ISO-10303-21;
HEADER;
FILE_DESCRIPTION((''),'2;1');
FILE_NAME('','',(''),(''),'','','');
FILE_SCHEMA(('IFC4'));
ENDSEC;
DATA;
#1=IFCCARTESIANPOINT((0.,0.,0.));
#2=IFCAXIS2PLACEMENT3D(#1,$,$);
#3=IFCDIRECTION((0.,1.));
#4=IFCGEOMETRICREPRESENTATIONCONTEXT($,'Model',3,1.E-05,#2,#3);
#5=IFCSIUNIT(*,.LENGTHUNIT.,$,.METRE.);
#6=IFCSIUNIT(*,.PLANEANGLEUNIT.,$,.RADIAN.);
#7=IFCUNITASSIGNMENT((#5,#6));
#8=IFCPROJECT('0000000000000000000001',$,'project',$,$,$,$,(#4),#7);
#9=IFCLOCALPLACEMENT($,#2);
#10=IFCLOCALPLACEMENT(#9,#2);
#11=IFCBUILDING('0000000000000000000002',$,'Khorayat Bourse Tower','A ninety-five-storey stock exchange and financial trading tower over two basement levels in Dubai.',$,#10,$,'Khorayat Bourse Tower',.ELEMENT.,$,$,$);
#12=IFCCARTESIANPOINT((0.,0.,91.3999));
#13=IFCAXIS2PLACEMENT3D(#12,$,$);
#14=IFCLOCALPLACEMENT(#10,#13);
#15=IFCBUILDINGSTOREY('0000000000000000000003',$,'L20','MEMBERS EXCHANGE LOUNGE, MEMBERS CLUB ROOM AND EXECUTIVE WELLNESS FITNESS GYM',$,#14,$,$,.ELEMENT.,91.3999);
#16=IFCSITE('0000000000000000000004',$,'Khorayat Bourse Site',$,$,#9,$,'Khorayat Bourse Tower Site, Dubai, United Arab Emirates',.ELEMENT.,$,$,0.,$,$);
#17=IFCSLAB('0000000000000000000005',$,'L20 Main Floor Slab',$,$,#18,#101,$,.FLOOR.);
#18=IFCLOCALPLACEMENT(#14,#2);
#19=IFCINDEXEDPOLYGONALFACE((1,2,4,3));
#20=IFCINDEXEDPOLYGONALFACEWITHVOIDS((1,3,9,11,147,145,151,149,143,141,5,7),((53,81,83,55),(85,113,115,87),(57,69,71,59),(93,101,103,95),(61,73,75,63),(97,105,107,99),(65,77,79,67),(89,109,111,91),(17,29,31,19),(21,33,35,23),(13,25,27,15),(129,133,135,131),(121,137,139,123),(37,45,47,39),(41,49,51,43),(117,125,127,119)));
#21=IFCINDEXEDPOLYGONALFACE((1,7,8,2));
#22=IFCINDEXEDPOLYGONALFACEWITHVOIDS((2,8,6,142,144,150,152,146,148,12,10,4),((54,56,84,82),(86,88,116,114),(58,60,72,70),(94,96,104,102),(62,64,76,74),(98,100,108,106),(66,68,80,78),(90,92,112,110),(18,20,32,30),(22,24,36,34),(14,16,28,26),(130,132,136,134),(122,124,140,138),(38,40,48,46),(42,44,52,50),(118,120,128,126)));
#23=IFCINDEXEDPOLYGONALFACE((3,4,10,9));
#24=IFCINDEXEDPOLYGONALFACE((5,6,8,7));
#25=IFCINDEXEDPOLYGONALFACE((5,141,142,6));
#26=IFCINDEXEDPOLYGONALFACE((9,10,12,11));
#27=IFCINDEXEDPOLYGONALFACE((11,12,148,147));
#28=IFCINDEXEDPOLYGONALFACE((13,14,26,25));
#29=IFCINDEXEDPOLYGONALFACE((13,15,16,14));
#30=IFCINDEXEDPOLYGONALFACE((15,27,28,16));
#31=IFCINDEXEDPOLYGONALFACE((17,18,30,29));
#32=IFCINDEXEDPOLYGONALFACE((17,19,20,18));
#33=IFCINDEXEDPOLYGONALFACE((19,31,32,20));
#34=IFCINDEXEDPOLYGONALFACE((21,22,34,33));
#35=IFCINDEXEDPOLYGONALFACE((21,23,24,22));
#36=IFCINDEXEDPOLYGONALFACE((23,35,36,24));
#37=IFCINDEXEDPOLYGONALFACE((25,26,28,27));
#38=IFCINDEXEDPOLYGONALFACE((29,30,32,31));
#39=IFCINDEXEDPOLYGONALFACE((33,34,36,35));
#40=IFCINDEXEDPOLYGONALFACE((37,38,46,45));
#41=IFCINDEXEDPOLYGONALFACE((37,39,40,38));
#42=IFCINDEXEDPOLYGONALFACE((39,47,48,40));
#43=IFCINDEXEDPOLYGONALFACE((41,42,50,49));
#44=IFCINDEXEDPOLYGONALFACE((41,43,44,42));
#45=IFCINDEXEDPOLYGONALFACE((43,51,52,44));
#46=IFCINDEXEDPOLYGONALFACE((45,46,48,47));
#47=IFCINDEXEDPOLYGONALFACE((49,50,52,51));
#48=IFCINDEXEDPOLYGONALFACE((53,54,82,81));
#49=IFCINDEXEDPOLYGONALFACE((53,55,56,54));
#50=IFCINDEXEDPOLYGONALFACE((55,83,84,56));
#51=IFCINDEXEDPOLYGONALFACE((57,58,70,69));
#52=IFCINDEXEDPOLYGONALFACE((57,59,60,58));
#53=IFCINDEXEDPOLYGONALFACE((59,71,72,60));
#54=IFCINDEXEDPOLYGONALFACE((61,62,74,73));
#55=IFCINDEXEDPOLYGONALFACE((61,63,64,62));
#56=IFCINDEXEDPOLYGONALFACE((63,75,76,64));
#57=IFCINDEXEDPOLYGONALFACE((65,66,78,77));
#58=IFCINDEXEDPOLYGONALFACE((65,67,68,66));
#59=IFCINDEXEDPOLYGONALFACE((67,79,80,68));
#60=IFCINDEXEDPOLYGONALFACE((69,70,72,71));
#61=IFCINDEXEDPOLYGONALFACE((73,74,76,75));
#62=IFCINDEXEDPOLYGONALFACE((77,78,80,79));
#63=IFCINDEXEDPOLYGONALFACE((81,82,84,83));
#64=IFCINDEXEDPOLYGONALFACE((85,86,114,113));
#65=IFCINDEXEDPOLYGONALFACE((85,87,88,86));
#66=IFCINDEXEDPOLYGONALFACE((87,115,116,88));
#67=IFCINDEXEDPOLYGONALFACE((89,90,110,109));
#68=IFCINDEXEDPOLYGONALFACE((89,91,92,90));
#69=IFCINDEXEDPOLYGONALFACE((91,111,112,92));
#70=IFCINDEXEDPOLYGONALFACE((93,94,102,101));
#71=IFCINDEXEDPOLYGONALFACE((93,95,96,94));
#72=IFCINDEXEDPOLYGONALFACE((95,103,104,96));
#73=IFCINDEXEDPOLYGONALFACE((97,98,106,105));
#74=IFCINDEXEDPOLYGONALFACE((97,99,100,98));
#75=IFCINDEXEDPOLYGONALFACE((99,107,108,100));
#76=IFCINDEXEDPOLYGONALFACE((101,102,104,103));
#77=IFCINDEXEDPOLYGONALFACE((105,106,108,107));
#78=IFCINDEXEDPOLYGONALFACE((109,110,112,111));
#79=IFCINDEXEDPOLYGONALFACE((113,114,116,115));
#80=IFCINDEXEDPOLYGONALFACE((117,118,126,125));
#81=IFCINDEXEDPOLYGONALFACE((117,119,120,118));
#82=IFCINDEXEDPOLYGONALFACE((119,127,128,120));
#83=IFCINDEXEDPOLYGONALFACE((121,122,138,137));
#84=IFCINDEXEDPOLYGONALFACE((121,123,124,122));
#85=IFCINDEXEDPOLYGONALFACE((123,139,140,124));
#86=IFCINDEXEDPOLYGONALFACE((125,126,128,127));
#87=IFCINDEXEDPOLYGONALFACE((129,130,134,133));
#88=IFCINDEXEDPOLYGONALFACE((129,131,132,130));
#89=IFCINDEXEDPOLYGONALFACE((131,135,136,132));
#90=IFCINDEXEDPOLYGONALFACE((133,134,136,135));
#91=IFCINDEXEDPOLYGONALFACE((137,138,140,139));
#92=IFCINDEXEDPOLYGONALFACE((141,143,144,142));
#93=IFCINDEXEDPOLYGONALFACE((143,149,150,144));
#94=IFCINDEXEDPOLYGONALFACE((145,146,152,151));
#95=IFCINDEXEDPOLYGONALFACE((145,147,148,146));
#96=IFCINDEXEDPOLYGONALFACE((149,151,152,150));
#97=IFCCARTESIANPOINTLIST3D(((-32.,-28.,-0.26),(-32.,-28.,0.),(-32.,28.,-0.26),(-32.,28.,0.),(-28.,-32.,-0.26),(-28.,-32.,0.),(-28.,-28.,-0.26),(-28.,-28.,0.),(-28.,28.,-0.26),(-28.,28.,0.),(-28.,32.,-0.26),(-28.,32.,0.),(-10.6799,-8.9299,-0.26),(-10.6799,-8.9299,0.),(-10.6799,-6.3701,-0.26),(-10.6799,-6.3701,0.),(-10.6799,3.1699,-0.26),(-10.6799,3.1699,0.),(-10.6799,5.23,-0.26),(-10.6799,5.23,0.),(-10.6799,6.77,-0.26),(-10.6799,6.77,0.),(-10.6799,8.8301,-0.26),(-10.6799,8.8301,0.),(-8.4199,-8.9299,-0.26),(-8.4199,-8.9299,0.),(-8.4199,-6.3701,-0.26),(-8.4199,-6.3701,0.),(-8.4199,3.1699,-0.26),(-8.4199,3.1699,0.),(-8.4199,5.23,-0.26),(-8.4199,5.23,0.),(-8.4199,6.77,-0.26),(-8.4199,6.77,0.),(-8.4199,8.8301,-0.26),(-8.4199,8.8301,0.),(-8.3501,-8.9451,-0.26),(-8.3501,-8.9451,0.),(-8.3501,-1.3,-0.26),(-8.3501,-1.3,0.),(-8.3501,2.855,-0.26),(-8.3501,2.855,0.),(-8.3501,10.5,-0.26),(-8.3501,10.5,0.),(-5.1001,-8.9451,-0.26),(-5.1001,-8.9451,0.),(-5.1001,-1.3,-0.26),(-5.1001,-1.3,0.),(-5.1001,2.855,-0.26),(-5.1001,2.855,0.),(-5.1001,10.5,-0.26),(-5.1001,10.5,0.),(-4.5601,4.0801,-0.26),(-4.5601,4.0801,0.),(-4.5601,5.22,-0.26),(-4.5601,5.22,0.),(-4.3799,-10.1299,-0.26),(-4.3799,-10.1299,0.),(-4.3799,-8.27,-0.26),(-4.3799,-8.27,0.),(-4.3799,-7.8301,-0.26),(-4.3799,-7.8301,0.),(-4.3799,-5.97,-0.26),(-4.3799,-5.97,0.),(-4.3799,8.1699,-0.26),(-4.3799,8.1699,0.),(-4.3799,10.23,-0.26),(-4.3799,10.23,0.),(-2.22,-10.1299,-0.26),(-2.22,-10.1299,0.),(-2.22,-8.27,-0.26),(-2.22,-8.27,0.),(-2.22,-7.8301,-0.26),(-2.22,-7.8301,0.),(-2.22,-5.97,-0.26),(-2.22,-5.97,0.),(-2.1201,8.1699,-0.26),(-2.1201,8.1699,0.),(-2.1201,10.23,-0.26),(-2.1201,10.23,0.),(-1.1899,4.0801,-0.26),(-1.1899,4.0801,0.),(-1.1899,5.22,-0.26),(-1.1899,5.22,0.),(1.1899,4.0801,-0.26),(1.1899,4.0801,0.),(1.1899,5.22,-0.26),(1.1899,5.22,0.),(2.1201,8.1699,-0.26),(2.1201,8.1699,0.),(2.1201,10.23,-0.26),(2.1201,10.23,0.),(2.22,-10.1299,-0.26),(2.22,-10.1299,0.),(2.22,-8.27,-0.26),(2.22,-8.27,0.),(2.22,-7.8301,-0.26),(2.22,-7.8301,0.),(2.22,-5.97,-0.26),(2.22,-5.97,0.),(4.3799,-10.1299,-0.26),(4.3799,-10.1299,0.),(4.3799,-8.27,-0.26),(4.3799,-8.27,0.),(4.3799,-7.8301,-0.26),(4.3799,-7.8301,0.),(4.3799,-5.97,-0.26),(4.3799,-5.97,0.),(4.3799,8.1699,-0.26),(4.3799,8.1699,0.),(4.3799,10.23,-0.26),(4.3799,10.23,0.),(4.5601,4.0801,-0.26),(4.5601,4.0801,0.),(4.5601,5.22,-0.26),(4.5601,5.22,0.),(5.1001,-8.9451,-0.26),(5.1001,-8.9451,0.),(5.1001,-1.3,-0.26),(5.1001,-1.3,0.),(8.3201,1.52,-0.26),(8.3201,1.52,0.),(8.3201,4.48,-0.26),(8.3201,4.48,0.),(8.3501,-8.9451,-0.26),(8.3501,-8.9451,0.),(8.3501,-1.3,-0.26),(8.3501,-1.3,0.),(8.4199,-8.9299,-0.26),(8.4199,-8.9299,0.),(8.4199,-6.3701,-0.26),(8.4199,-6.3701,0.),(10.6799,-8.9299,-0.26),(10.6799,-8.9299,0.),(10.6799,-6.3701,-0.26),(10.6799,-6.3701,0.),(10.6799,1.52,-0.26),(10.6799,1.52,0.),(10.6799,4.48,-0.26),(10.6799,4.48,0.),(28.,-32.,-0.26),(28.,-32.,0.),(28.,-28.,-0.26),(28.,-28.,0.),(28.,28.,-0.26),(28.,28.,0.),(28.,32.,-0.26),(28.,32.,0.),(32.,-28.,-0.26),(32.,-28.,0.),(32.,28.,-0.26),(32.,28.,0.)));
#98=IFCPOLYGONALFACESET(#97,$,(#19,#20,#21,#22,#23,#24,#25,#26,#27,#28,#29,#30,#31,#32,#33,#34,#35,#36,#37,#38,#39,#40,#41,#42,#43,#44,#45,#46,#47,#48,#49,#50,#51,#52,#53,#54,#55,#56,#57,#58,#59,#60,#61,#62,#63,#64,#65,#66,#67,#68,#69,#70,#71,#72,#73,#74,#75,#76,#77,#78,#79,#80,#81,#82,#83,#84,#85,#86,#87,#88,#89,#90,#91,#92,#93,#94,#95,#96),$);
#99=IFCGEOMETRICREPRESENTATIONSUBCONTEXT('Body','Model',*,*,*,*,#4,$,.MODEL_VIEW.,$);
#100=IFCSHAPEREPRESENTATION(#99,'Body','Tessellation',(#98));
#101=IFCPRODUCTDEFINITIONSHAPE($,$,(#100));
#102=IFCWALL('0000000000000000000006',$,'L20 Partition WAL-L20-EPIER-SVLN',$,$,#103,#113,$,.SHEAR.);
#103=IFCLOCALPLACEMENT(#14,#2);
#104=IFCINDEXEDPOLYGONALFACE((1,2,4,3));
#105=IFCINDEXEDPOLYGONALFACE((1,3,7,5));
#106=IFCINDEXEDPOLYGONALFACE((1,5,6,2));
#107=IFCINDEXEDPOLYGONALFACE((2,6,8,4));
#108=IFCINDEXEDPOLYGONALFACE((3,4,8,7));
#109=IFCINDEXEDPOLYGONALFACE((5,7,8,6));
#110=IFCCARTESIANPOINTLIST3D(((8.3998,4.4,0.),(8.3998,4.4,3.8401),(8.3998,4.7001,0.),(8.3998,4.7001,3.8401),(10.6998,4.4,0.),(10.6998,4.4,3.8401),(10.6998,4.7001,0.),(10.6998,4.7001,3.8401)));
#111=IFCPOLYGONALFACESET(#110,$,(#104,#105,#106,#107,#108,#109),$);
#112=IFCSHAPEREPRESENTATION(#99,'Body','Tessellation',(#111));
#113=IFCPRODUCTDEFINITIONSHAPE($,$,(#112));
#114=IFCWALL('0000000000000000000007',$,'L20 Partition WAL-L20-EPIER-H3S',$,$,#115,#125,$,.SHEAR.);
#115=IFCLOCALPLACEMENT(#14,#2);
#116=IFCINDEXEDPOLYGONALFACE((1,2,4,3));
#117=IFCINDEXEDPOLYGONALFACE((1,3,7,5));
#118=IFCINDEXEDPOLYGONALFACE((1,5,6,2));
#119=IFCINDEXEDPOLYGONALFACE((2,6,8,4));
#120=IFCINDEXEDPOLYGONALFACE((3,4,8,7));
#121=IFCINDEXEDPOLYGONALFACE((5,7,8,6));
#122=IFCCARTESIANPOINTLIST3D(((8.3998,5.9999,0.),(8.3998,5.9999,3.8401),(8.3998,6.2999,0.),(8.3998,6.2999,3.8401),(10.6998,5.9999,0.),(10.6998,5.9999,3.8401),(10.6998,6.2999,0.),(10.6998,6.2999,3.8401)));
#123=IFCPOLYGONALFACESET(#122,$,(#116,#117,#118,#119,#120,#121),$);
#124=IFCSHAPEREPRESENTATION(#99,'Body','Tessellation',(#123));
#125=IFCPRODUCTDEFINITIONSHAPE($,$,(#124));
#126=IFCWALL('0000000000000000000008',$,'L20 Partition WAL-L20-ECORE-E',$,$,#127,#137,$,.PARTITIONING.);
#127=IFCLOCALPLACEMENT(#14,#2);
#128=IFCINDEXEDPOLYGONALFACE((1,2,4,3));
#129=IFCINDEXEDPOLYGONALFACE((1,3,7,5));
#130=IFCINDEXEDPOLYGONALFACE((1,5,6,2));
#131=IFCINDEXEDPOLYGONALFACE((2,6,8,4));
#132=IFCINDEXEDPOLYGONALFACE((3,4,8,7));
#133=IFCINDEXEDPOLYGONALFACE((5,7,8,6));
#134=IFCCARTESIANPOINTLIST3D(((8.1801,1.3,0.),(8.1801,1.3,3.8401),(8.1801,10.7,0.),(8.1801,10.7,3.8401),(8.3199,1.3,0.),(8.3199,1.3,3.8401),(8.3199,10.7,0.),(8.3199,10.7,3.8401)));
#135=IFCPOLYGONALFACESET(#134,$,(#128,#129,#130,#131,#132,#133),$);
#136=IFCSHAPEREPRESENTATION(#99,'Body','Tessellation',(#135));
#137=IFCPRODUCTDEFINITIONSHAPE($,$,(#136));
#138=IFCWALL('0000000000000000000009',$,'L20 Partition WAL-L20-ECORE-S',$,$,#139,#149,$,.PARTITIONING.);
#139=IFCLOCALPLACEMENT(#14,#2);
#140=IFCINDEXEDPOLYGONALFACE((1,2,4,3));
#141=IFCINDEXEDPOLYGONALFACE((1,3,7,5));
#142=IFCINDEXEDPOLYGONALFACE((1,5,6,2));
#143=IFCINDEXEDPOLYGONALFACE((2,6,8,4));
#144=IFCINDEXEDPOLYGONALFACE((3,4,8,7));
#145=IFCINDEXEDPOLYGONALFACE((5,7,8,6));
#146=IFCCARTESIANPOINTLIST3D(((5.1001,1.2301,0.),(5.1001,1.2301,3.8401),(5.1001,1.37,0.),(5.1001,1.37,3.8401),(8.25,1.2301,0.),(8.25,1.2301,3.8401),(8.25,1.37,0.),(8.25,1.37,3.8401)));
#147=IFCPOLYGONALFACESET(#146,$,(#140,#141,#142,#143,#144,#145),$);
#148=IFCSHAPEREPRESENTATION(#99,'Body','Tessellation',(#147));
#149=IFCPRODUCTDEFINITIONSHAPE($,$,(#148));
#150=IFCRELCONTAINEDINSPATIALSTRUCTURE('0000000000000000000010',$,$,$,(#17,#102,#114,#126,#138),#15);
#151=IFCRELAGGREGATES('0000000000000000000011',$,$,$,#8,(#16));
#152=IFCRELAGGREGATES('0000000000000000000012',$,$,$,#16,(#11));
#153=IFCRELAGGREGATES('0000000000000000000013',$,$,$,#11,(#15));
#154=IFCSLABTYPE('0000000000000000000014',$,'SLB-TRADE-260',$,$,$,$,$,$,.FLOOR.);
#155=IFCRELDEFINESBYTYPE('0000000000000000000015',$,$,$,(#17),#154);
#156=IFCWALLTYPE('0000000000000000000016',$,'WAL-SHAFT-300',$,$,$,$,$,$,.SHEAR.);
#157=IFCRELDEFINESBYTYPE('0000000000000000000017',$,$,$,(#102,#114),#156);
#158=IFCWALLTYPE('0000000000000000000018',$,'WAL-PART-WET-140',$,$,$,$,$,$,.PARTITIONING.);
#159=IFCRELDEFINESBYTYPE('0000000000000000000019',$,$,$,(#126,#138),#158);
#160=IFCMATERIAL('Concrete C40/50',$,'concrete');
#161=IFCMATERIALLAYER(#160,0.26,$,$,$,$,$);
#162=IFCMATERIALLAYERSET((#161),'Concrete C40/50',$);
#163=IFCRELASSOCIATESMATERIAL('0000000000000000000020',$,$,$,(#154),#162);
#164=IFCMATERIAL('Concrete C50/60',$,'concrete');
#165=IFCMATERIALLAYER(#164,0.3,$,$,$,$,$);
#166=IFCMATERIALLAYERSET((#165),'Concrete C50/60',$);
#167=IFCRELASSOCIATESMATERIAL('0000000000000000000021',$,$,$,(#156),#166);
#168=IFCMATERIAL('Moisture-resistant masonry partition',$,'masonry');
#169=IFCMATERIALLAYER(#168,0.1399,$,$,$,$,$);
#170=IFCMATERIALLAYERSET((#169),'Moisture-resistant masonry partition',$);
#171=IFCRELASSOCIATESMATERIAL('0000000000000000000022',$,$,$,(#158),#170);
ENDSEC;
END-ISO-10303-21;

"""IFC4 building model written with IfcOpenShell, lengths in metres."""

from ifc_helpers import new_model, si_unit, direction, frame, frame_2d, origin, place, context, subcontext, project, spatial, polyline, rectangle, outline, extrude, source, transform, mapped, material, layer, layer_set, type_object, element, save


model = new_model("IFC4")

# Units and contexts
model_context = context("Model", 3, precision=1e-05, world=origin(), true_north=direction((0.0, 1.0)))
body_context = subcontext(model_context, "Body", "Model", "MODEL_VIEW")
ifc_project = project(units=[si_unit("LENGTHUNIT", "METRE"), si_unit("PLANEANGLEUNIT", "RADIAN")], contexts=[model_context])

# Site, building, storey
site_placement = place(None, origin())
site = spatial("IfcSite", under=ifc_project, at=site_placement, Name="Khorayat Bourse Site", LongName="Khorayat Bourse Tower Site, Dubai, United Arab Emirates", CompositionType="ELEMENT", RefElevation=0.0)
building_placement = place(site_placement, origin())
building = spatial("IfcBuilding", under=site, at=building_placement, Name="Khorayat Bourse Tower", Description="A ninety-five-storey stock exchange and financial trading tower over two basement levels in Dubai.", LongName="Khorayat Bourse Tower", CompositionType="ELEMENT")
storey_placement = place(building_placement, frame((0.0, 0.0, 91.3999)))
storey = spatial("IfcBuildingStorey", under=building, at=storey_placement, Name="L20", Description="MEMBERS EXCHANGE LOUNGE, MEMBERS CLUB ROOM AND EXECUTIVE WELLNESS FITNESS GYM", CompositionType="ELEMENT", Elevation=91.3999)

# Shared definitions
ifc_material_1 = material(Name="Concrete C40/50", Category="concrete")

# Slab
ifc_layer_1 = layer(ifc_material_1, 0.26)
ifc_layer_set_1 = layer_set([ifc_layer_1], Name="Concrete C40/50")
slab_type_1 = type_object("IfcSlabType", Name="SLB-TRADE-260", PredefinedType="FLOOR", material=ifc_layer_set_1)
slab_1_placement = place(storey_placement, frame((0.0, 0.0, -0.26)))
element("IfcSlab", 1, at=slab_1_placement, inside=storey, type_object=slab_type_1, Name="L20 Main Floor Slab", PredefinedType="FLOOR", context=body_context, shape_type="SweptSolid", body=[
    extrude(outline(polyline([(-28.0, -32.0), (28.0, -32.0), (28.0, -28.0), (32.0, -28.0), (32.0, 28.0), (28.0, 28.0), (28.0, 32.0), (-28.0, 32.0), (-28.0, 28.0), (-32.0, 28.0), (-32.0, -28.0), (-28.0, -28.0), (-28.0, -32.0)]), holes=[polyline([(-8.3501, -8.9451), (-5.1001, -8.9451), (-5.1001, -1.3), (-8.3501, -1.3), (-8.3501, -8.9451)]), polyline([(-8.3501, 2.855), (-5.1001, 2.855), (-5.1001, 10.5), (-8.3501, 10.5), (-8.3501, 2.855)]), polyline([(5.1001, -8.9451), (8.3501, -8.9451), (8.3501, -1.3), (5.1001, -1.3), (5.1001, -8.9451)]), polyline([(-4.3799, -10.1299), (-2.22, -10.1299), (-2.22, -8.27), (-4.3799, -8.27), (-4.3799, -10.1299)]), polyline([(2.22, -10.1299), (4.3799, -10.1299), (4.3799, -8.27), (2.22, -8.27), (2.22, -10.1299)]), polyline([(-4.3799, -7.8301), (-2.22, -7.8301), (-2.22, -5.97), (-4.3799, -5.97), (-4.3799, -7.8301)]), polyline([(2.22, -7.8301), (4.3799, -7.8301), (4.3799, -5.97), (2.22, -5.97), (2.22, -7.8301)]), polyline([(-4.3799, 8.1699), (-2.1201, 8.1699), (-2.1201, 10.23), (-4.3799, 10.23), (-4.3799, 8.1699)]), polyline([(2.1201, 8.1699), (4.3799, 8.1699), (4.3799, 10.23), (2.1201, 10.23), (2.1201, 8.1699)]), polyline([(-10.6799, 3.1699), (-8.4199, 3.1699), (-8.4199, 5.23), (-10.6799, 5.23), (-10.6799, 3.1699)]), polyline([(-10.6799, 6.77), (-8.4199, 6.77), (-8.4199, 8.8301), (-10.6799, 8.8301), (-10.6799, 6.77)]), polyline([(-10.6799, -8.9299), (-8.4199, -8.9299), (-8.4199, -6.3701), (-10.6799, -6.3701), (-10.6799, -8.9299)]), polyline([(8.4199, -8.9299), (10.6799, -8.9299), (10.6799, -6.3701), (8.4199, -6.3701), (8.4199, -8.9299)]), polyline([(8.3201, 1.52), (10.6799, 1.52), (10.6799, 4.48), (8.3201, 4.48), (8.3201, 1.52)]), polyline([(-4.5601, 4.0801), (-1.1899, 4.0801), (-1.1899, 5.22), (-4.5601, 5.22), (-4.5601, 4.0801)]), polyline([(1.1899, 4.0801), (4.5601, 4.0801), (4.5601, 5.22), (1.1899, 5.22), (1.1899, 4.0801)])]), origin(), (0.0, 0.0, 1.0), 0.26),
])

# Walls
ifc_material_2 = material(Name="Concrete C50/60", Category="concrete")
ifc_layer_2 = layer(ifc_material_2, 0.3)
ifc_layer_set_2 = layer_set([ifc_layer_2], Name="Concrete C50/60")
wall_type_1 = type_object("IfcWallType", Name="WAL-SHAFT-300", PredefinedType="SHEAR", material=ifc_layer_set_2)
shared_shape_1 = source(origin(), body_context, "Body", "SweptSolid", [
    extrude(rectangle(XDim=2.3, YDim=0.3, at=frame_2d((1.1499, 0.0))), origin(), (0.0, 0.0, 1.0), 3.8401),
])
for number, where, z_axis, x_axis, name in (
    (2, (8.3999, 4.55, 0.0), (0.0, 0.0, 1.0), (1.0, 0.0, 0.0), "L20 Partition WAL-L20-EPIER-SVLN"),
    (3, (8.3999, 6.1499, 0.0), (0.0, 0.0, 1.0), (1.0, 0.0, 0.0), "L20 Partition WAL-L20-EPIER-H3S"),
):
    element("IfcWall", number, at=place(storey_placement, frame(where, z_axis=z_axis, x_axis=x_axis)), inside=storey, type_object=wall_type_1, Name=name, PredefinedType="SHEAR", context=body_context, shape_type="MappedRepresentation", body=[
        mapped(shared_shape_1, transform((0.0, 0.0, 0.0), scale=1.0)),
    ])
ifc_material_3 = material(Name="Moisture-resistant masonry partition", Category="masonry")
ifc_layer_3 = layer(ifc_material_3, 0.1399)
ifc_layer_set_3 = layer_set([ifc_layer_3], Name="Moisture-resistant masonry partition")
wall_type_2 = type_object("IfcWallType", Name="WAL-PART-WET-140", PredefinedType="PARTITIONING", material=ifc_layer_set_3)
shared_shape_2 = source(origin(), body_context, "Body", "SweptSolid", [
    extrude(rectangle(XDim=9.3999, YDim=0.1399, at=frame_2d((4.7, 0.0))), origin(), (0.0, 0.0, 1.0), 3.8401),
])
wall_1_placement = place(storey_placement, frame((8.25, 1.3, 0.0), z_axis=(0.0, 0.0, 1.0), x_axis=(0.0, 1.0, 0.0)))
element("IfcWall", 4, at=wall_1_placement, inside=storey, type_object=wall_type_2, Name="L20 Partition WAL-L20-ECORE-E", PredefinedType="PARTITIONING", context=body_context, shape_type="MappedRepresentation", body=[
    mapped(shared_shape_2, transform((0.0, 0.0, 0.0), scale=1.0)),
])
shared_shape_3 = source(origin(), body_context, "Body", "SweptSolid", [
    extrude(rectangle(XDim=3.1499, YDim=0.1399, at=frame_2d((1.575, 0.0))), origin(), (0.0, 0.0, 1.0), 3.8401),
])
wall_2_placement = place(storey_placement, frame((5.1001, 1.3, 0.0), z_axis=(0.0, 0.0, 1.0), x_axis=(1.0, 0.0, 0.0)))
element("IfcWall", 5, at=wall_2_placement, inside=storey, type_object=wall_type_2, Name="L20 Partition WAL-L20-ECORE-S", PredefinedType="PARTITIONING", context=body_context, shape_type="MappedRepresentation", body=[
    mapped(shared_shape_3, transform((0.0, 0.0, 0.0), scale=1.0)),
])

save(model, "model.ifc")
